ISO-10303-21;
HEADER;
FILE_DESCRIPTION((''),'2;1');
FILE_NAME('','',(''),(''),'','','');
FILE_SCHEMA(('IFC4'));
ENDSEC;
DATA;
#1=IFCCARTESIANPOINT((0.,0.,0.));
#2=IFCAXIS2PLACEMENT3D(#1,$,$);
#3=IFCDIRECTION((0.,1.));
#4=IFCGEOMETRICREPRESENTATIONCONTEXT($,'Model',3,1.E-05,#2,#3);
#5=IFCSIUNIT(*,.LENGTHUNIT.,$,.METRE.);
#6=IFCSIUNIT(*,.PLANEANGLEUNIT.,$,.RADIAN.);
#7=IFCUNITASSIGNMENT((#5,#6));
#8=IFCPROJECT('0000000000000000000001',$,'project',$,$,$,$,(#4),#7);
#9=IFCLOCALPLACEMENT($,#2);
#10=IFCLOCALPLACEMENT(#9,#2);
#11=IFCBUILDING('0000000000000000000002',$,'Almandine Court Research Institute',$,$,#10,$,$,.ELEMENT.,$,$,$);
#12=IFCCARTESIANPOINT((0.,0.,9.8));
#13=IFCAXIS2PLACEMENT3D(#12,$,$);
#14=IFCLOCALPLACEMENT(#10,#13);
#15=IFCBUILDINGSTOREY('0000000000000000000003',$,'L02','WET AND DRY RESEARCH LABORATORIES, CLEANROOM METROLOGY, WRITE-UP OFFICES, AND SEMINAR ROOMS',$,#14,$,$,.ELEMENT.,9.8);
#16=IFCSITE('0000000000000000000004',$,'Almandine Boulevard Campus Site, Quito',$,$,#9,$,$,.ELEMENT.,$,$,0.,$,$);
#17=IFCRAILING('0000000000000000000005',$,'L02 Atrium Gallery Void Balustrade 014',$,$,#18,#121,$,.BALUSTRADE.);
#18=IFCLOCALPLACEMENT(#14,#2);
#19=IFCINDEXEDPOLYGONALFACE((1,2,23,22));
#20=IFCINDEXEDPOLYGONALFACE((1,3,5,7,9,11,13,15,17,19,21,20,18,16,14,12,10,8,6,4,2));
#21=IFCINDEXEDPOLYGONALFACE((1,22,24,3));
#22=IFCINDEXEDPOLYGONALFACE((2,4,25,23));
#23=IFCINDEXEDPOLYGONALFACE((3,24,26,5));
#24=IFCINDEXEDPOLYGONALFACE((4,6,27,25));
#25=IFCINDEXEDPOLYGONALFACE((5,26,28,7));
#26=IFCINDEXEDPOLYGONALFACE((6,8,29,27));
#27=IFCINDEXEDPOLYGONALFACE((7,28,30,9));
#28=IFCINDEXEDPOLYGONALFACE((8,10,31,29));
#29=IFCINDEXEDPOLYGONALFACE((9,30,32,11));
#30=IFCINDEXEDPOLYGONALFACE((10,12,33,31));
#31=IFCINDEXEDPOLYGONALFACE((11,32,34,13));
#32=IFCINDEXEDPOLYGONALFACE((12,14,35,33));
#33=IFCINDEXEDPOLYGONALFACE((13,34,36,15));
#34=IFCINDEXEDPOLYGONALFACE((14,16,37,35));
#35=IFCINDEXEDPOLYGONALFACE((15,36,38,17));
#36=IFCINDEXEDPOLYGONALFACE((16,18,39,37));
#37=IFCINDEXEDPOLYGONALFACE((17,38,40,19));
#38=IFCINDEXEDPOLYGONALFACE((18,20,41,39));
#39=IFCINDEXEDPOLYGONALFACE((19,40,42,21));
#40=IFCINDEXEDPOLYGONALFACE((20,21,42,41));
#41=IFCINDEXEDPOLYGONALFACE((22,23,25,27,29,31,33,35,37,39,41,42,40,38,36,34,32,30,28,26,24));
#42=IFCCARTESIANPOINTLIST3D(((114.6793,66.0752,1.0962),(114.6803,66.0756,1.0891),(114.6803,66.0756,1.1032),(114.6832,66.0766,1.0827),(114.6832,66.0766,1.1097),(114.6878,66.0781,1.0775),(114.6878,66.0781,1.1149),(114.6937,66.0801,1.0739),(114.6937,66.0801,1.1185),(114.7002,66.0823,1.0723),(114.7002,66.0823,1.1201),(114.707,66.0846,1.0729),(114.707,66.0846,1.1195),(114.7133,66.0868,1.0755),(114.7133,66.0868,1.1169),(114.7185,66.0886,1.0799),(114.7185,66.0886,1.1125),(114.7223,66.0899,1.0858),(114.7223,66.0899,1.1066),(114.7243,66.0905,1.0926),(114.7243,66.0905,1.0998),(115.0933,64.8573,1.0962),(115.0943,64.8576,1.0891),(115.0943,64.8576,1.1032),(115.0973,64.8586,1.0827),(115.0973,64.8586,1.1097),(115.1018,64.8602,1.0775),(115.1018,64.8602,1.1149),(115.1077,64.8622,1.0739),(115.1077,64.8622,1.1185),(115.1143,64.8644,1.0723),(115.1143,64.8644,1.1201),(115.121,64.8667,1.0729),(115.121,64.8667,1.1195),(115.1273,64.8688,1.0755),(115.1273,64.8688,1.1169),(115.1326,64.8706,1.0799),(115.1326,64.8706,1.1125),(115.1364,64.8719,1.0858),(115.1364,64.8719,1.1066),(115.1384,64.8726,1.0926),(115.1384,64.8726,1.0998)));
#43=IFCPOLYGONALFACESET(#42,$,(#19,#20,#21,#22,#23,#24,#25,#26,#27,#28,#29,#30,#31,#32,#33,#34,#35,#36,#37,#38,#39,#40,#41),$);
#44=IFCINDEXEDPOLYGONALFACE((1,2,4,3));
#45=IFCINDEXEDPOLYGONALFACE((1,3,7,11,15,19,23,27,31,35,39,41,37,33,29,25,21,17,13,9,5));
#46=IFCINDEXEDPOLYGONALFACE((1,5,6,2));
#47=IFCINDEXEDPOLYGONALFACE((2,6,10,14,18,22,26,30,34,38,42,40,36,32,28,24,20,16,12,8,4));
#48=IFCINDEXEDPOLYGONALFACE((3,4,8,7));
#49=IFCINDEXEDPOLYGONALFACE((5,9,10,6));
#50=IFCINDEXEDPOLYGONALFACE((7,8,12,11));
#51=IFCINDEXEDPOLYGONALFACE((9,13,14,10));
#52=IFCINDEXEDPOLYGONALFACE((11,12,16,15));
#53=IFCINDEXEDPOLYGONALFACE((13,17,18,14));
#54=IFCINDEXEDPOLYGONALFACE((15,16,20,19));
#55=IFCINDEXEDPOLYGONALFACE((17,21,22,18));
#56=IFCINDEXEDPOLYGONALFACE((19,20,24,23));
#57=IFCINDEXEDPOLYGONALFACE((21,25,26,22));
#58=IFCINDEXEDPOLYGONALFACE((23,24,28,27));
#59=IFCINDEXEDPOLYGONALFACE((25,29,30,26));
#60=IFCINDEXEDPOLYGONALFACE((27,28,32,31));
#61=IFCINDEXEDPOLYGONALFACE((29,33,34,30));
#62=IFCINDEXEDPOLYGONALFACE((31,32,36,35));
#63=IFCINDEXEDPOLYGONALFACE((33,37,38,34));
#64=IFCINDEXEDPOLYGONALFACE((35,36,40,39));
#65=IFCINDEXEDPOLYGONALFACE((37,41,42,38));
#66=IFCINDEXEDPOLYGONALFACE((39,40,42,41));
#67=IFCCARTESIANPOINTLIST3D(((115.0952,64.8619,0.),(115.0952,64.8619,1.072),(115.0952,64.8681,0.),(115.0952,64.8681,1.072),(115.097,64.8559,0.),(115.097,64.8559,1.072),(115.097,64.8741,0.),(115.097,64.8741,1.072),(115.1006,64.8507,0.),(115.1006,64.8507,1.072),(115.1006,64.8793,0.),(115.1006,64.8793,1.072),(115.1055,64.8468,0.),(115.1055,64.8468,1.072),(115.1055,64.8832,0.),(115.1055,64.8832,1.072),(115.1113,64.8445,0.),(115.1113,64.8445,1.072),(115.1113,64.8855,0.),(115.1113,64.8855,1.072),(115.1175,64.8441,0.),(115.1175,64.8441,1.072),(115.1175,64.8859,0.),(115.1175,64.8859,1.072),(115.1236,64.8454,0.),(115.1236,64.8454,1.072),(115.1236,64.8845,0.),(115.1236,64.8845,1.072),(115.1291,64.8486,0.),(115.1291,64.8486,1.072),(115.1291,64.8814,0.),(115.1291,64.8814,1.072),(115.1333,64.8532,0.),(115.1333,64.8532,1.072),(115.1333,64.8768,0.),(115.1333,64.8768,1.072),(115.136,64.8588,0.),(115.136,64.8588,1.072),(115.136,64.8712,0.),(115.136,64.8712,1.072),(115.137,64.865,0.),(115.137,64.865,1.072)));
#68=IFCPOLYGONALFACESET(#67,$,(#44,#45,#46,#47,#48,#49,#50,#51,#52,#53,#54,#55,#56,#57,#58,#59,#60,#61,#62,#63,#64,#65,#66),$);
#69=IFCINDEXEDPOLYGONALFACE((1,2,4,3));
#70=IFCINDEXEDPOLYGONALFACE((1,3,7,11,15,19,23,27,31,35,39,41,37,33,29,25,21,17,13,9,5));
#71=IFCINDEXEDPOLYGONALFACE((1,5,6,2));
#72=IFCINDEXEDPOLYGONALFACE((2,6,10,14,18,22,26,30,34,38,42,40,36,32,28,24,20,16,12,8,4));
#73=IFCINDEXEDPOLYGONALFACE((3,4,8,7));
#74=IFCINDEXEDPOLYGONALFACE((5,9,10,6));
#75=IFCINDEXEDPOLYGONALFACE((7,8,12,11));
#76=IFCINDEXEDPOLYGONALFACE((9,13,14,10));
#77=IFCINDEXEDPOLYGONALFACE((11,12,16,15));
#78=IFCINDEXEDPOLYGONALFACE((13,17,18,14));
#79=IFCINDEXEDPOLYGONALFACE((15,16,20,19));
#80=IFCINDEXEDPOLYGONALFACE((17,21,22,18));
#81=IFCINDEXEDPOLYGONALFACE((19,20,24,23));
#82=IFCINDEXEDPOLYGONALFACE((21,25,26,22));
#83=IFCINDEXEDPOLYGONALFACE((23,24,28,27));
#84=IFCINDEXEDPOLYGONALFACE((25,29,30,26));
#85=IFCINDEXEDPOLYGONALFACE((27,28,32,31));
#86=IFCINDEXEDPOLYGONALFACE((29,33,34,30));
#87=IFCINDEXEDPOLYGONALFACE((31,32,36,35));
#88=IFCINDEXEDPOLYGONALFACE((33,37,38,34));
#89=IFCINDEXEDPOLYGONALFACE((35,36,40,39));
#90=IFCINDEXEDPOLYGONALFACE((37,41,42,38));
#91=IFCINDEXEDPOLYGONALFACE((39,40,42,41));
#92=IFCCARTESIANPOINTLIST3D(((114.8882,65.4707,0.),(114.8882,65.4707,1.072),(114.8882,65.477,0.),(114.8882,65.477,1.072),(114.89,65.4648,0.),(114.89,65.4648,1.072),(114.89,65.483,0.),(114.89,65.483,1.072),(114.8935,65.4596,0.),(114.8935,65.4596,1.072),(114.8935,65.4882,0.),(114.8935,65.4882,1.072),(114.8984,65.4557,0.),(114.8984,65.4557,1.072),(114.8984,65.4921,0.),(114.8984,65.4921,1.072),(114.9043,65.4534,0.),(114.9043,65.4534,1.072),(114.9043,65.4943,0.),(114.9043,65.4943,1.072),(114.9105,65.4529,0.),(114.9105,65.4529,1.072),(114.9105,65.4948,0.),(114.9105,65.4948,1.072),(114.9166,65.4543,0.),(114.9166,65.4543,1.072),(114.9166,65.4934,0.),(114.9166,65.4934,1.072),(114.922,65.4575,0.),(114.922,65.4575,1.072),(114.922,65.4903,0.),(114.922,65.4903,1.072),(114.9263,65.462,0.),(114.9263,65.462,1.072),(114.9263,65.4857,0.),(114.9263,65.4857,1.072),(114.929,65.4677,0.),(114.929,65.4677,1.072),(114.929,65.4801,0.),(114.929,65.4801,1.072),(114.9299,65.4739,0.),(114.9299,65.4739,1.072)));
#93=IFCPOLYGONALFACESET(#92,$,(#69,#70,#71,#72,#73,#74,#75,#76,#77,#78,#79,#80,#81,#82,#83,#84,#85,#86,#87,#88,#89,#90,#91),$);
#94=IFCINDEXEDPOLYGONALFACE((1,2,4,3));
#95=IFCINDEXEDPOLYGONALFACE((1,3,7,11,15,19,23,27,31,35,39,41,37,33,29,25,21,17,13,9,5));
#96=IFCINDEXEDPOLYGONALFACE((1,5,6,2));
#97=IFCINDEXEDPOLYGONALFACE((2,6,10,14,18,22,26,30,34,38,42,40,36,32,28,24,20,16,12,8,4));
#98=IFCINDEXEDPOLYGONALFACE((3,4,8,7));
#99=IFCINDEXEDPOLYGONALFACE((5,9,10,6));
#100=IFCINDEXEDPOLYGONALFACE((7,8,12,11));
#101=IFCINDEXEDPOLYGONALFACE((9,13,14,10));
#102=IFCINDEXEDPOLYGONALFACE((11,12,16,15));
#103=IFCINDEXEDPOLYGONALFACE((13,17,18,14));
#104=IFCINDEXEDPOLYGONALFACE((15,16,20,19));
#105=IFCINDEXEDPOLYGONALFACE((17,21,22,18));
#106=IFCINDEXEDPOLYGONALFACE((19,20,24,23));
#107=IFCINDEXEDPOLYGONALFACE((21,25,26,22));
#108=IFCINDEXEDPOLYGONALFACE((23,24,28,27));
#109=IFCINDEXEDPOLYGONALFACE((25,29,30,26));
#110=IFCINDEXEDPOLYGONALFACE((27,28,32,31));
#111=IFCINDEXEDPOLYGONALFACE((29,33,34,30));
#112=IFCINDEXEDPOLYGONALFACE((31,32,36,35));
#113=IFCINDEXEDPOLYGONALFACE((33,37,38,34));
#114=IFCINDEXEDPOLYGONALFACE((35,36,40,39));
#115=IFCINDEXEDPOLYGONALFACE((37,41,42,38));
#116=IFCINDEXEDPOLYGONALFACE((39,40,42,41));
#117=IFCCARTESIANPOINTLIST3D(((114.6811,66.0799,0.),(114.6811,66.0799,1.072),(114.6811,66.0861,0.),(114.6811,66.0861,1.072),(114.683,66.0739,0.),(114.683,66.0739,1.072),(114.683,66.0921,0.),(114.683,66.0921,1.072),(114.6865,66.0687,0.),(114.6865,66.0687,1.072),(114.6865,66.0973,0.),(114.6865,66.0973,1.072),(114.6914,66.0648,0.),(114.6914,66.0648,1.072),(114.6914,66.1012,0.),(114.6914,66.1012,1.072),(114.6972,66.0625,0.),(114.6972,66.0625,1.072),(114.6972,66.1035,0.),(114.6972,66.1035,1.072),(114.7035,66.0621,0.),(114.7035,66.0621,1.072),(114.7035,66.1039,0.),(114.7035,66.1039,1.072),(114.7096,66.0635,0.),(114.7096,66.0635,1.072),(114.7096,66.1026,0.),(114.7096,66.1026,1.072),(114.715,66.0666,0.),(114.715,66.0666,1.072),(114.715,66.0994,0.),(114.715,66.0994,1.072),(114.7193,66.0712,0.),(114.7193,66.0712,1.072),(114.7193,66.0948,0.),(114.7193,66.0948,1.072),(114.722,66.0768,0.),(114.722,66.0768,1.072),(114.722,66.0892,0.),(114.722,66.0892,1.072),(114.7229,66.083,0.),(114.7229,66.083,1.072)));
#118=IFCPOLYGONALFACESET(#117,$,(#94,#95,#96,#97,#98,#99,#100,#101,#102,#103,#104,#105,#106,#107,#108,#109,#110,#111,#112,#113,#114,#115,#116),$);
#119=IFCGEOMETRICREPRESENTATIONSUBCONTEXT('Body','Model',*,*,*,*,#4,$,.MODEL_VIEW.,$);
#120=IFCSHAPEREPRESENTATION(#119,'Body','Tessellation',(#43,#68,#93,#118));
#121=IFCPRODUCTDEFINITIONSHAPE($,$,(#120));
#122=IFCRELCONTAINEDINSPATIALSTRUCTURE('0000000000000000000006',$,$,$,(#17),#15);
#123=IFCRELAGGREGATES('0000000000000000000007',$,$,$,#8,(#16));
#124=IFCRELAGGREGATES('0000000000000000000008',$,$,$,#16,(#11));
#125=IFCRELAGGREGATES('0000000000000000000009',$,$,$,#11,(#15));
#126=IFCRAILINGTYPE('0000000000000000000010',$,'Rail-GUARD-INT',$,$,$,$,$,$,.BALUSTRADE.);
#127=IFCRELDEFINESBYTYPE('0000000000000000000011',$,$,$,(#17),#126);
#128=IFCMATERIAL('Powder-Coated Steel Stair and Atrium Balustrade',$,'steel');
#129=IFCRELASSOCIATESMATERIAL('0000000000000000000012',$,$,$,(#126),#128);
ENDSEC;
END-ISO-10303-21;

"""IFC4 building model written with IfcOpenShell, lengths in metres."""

from ifc_helpers import new_model, si_unit, direction, frame, origin, origin_2d, place, context, subcontext, project, spatial, circle, extrude, material, type_object, element, save


model = new_model("IFC4")

# Units and contexts
model_context = context("Model", 3, precision=1e-05, world=origin(), true_north=direction((0.0, 1.0)))
body_context = subcontext(model_context, "Body", "Model", "MODEL_VIEW")
ifc_project = project(units=[si_unit("LENGTHUNIT", "METRE"), si_unit("PLANEANGLEUNIT", "RADIAN")], contexts=[model_context])

# Site, building, storey
site_placement = place(None, origin())
site = spatial("IfcSite", under=ifc_project, at=site_placement, Name="Almandine Boulevard Campus Site, Quito", CompositionType="ELEMENT", RefElevation=0.0)
building_placement = place(site_placement, origin())
building = spatial("IfcBuilding", under=site, at=building_placement, Name="Almandine Court Research Institute", CompositionType="ELEMENT")
storey_placement = place(building_placement, frame((0.0, 0.0, 9.8)))
storey = spatial("IfcBuildingStorey", under=building, at=storey_placement, Name="L02", Description="WET AND DRY RESEARCH LABORATORIES, CLEANROOM METROLOGY, WRITE-UP OFFICES, AND SEMINAR ROOMS", CompositionType="ELEMENT", Elevation=9.8)

# Railing
ifc_material_1 = material(Name="Powder-Coated Steel Stair and Atrium Balustrade", Category="steel")
railing_type = type_object("IfcRailingType", Name="Rail-GUARD-INT", PredefinedType="BALUSTRADE", material=ifc_material_1)
railing_1_placement = place(storey_placement, frame((115.116, 64.865, 0.0)))
element("IfcRailing", 1, at=railing_1_placement, inside=storey, type_object=railing_type, Name="L02 Atrium Gallery Void Balustrade 014", PredefinedType="BALUSTRADE", context=body_context, shape_type="SweptSolid", body=[
    extrude(circle(Radius=0.0239, at=origin_2d()), frame((0.0, 0.0, 1.0962), z_axis=(-0.321859, 0.946788, 0.0), x_axis=(-0.946788, -0.321859, 0.0)), (0.0, 0.0, 1.0), 1.2864),
    extrude(circle(Radius=0.021, at=origin_2d()), origin(), (0.0, 0.0, 1.0), 1.072),
    extrude(circle(Radius=0.021, at=origin_2d()), frame((-0.207, 0.6089, 0.0)), (0.0, 0.0, 1.0), 1.072),
    extrude(circle(Radius=0.021, at=origin_2d()), frame((-0.4141, 1.218, 0.0)), (0.0, 0.0, 1.0), 1.072),
])

save(model, "model.ifc")
